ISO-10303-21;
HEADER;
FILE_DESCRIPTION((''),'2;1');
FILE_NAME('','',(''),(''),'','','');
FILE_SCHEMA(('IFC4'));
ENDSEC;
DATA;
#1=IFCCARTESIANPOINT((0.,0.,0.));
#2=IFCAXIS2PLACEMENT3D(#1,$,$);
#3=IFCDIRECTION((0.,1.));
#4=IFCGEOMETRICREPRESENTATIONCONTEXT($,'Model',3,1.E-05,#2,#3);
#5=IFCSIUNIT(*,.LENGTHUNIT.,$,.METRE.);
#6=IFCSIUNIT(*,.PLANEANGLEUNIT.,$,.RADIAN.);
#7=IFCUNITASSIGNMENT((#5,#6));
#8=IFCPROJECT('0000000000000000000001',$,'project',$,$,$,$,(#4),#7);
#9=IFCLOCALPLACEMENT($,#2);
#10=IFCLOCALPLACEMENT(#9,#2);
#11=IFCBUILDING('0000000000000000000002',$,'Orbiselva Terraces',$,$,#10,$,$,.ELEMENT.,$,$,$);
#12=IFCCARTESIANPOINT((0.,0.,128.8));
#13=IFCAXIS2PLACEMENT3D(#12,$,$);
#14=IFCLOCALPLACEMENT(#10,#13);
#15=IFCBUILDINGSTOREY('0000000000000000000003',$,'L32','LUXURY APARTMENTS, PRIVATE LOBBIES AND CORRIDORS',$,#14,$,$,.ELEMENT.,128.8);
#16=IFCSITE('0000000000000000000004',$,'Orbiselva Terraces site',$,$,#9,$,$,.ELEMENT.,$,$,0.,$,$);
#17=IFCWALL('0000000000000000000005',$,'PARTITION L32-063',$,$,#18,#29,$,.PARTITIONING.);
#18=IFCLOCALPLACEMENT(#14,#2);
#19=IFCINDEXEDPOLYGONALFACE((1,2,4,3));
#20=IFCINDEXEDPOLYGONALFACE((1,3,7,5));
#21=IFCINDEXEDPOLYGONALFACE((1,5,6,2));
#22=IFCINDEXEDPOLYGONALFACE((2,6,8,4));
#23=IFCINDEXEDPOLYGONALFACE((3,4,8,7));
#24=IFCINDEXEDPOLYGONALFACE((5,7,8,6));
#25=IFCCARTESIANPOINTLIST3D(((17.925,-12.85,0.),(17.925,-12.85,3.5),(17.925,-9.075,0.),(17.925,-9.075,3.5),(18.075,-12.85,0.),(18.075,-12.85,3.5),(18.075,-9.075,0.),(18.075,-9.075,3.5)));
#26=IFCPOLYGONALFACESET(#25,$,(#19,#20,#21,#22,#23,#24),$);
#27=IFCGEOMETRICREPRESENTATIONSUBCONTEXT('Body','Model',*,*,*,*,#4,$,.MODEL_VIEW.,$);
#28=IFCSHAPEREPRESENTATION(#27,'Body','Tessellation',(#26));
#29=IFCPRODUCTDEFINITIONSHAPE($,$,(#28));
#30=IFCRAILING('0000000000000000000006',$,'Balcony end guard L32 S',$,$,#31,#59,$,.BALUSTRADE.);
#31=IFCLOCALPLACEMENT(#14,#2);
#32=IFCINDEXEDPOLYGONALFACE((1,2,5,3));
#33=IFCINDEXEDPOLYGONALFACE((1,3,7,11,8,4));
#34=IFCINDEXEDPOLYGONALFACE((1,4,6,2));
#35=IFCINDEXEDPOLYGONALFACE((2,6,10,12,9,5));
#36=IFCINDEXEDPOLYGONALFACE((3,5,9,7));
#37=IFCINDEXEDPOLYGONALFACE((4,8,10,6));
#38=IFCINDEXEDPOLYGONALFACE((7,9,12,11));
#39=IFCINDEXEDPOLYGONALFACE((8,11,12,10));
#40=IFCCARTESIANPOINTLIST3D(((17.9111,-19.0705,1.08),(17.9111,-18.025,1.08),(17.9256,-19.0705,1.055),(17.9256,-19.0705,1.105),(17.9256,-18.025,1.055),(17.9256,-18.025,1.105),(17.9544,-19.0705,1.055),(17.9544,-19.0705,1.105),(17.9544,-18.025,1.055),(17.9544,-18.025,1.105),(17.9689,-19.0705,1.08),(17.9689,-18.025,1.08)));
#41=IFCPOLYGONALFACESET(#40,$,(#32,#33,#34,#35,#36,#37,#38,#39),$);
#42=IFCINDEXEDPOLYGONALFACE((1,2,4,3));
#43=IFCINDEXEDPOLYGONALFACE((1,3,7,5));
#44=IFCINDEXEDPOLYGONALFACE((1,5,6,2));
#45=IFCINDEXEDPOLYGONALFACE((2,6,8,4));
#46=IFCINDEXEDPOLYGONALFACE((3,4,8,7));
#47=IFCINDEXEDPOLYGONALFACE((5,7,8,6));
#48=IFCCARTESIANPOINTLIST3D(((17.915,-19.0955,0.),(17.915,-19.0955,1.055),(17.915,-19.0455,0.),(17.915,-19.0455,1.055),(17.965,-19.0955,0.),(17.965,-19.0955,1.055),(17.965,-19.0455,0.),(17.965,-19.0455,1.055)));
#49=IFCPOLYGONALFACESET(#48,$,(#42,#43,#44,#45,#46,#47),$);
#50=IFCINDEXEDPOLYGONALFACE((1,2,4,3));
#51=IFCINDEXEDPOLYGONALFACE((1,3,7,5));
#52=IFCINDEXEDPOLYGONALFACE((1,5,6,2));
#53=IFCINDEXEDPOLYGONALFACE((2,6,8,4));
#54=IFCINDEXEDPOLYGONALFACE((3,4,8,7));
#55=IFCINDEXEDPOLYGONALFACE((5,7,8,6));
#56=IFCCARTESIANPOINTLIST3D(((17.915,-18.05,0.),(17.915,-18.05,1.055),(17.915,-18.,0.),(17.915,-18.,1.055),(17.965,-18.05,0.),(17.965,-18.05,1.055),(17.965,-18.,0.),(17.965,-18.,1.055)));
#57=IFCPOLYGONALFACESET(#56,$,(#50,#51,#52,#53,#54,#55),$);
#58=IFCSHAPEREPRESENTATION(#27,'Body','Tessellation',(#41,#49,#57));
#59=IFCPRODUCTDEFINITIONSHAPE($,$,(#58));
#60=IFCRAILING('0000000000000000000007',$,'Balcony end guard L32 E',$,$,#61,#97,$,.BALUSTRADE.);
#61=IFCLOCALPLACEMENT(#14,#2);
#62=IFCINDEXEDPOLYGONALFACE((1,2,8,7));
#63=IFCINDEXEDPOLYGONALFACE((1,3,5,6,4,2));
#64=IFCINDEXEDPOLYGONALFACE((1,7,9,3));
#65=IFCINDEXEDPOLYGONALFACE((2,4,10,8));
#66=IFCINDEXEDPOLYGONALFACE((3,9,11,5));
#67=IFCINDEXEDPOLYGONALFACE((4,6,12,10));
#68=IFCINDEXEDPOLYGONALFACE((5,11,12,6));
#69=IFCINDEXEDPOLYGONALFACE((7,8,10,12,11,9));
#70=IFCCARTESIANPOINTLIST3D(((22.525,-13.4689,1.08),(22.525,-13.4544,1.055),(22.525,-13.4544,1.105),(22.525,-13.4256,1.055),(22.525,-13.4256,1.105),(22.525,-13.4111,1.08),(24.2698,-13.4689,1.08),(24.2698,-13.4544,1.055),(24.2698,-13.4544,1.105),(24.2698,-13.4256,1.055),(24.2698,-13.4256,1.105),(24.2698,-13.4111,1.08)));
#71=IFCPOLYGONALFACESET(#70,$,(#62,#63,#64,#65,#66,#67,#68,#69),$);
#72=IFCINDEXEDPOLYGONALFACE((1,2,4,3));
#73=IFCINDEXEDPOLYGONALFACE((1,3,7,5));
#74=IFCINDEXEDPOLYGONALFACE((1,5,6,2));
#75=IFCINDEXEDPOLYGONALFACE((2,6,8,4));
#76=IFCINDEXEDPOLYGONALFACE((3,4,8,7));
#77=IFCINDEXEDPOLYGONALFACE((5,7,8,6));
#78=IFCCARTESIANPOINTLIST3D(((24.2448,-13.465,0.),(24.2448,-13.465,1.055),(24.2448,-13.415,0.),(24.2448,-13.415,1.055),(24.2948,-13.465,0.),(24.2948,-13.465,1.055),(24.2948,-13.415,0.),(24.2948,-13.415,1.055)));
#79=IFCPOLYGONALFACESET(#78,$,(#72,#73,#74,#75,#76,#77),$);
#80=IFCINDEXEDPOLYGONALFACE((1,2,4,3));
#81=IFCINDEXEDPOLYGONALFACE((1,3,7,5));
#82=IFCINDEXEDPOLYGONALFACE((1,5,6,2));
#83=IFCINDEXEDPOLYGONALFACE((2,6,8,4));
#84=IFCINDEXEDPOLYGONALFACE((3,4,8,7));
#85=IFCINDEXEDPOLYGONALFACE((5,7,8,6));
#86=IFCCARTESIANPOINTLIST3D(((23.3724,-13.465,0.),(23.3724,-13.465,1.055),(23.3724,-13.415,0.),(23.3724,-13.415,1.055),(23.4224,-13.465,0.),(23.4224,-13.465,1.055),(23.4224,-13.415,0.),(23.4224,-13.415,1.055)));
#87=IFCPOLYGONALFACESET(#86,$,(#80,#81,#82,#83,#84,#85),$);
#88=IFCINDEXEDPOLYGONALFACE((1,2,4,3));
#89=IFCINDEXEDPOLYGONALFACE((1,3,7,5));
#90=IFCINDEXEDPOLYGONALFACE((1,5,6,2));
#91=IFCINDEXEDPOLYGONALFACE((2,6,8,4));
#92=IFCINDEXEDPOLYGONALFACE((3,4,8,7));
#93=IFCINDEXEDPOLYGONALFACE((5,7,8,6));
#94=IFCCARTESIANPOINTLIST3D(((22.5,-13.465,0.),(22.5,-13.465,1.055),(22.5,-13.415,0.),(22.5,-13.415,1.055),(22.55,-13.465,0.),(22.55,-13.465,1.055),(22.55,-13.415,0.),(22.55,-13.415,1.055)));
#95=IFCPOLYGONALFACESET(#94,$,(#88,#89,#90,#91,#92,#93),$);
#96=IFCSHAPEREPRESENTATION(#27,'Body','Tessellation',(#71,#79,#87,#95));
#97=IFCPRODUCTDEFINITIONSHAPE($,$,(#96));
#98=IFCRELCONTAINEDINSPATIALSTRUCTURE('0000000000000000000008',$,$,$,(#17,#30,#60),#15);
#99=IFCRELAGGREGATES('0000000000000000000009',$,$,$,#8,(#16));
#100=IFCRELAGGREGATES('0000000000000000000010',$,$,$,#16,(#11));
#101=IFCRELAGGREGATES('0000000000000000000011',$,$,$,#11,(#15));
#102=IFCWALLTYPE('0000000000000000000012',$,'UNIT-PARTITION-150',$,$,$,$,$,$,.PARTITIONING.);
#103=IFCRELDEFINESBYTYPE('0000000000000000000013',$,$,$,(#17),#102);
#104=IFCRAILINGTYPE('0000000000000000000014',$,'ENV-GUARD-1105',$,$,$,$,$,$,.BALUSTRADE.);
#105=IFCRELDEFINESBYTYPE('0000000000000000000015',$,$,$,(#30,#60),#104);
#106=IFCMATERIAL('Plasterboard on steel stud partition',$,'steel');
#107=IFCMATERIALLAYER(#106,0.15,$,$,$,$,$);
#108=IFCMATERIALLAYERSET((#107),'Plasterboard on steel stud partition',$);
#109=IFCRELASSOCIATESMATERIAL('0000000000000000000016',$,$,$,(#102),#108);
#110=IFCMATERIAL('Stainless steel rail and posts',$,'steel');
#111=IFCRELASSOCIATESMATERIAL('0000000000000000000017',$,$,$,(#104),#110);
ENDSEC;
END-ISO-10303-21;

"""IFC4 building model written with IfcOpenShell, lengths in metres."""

from ifc_helpers import new_model, si_unit, direction, frame, frame_2d, origin, origin_2d, place, context, subcontext, project, spatial, polyline, rectangle, outline, extrude, material, layer, layer_set, type_object, element, save


model = new_model("IFC4")

# Units and contexts
model_context = context("Model", 3, precision=1e-05, world=origin(), true_north=direction((0.0, 1.0)))
body_context = subcontext(model_context, "Body", "Model", "MODEL_VIEW")
ifc_project = project(units=[si_unit("LENGTHUNIT", "METRE"), si_unit("PLANEANGLEUNIT", "RADIAN")], contexts=[model_context])

# Site, building, storey
site_placement = place(None, origin())
site = spatial("IfcSite", under=ifc_project, at=site_placement, Name="Orbiselva Terraces site", CompositionType="ELEMENT", RefElevation=0.0)
building_placement = place(site_placement, origin())
building = spatial("IfcBuilding", under=site, at=building_placement, Name="Orbiselva Terraces", CompositionType="ELEMENT")
storey_placement = place(building_placement, frame((0.0, 0.0, 128.8)))
storey = spatial("IfcBuildingStorey", under=building, at=storey_placement, Name="L32", Description="LUXURY APARTMENTS, PRIVATE LOBBIES AND CORRIDORS", CompositionType="ELEMENT", Elevation=128.8)

# Wall
ifc_material_1 = material(Name="Plasterboard on steel stud partition", Category="steel")
ifc_layer_1 = layer(ifc_material_1, 0.15)
ifc_layer_set_1 = layer_set([ifc_layer_1], Name="Plasterboard on steel stud partition")
wall_type_1 = type_object("IfcWallType", Name="UNIT-PARTITION-150", PredefinedType="PARTITIONING", material=ifc_layer_set_1)
wall_1_placement = place(storey_placement, frame((18.0, -12.85, 0.0), z_axis=(0.0, 0.0, 1.0), x_axis=(0.0, 1.0, 0.0)))
element("IfcWall", 1, at=wall_1_placement, inside=storey, type_object=wall_type_1, Name="PARTITION L32-063", PredefinedType="PARTITIONING", context=body_context, shape_type="SweptSolid", body=[
    extrude(rectangle(XDim=3.775, YDim=0.15, at=frame_2d((1.8875, 0.0))), origin(), (0.0, 0.0, 1.0), 3.5),
])

# Railings
ifc_material_2 = material(Name="Stainless steel rail and posts", Category="steel")
railing_type_1 = type_object("IfcRailingType", Name="ENV-GUARD-1105", PredefinedType="BALUSTRADE", material=ifc_material_2)
railing_1_placement = place(storey_placement, frame((17.94, -19.0705, 0.0)))
element("IfcRailing", 2, at=railing_1_placement, inside=storey, type_object=railing_type_1, Name="Balcony end guard L32 S", PredefinedType="BALUSTRADE", context=body_context, shape_type="SweptSolid", body=[
    extrude(outline(polyline([(0.0289, 0.0), (0.0144, 0.025), (-0.0144, 0.025), (-0.0289, 0.0), (-0.0144, -0.025), (0.0144, -0.025), (0.0289, 0.0)])), frame((0.0, 0.0, 1.08), z_axis=(0.0, 1.0, 0.0), x_axis=(-1.0, 0.0, 0.0)), (0.0, 0.0, 1.0), 1.0455),
    extrude(rectangle(XDim=0.05, YDim=0.05, at=origin_2d()), origin(), (0.0, 0.0, 1.0), 1.055),
    extrude(rectangle(XDim=0.05, YDim=0.05, at=origin_2d()), frame((0.0, 1.0455, 0.0)), (0.0, 0.0, 1.0), 1.055),
])
railing_2_placement = place(storey_placement, frame((24.2698, -13.44, 0.0)))
element("IfcRailing", 3, at=railing_2_placement, inside=storey, type_object=railing_type_1, Name="Balcony end guard L32 E", PredefinedType="BALUSTRADE", context=body_context, shape_type="SweptSolid", body=[
    extrude(outline(polyline([(0.0289, 0.0), (0.0144, 0.025), (-0.0144, 0.025), (-0.0289, 0.0), (-0.0144, -0.025), (0.0144, -0.025), (0.0289, 0.0)])), frame((0.0, 0.0, 1.08), z_axis=(-1.0, 0.0, 0.0), x_axis=(0.0, -1.0, 0.0)), (0.0, 0.0, 1.0), 1.7448),
    extrude(rectangle(XDim=0.05, YDim=0.05, at=origin_2d()), origin(), (0.0, 0.0, 1.0), 1.055),
    extrude(rectangle(XDim=0.05, YDim=0.05, at=origin_2d()), frame((-0.8724, 0.0, 0.0)), (0.0, 0.0, 1.0), 1.055),
    extrude(rectangle(XDim=0.05, YDim=0.05, at=origin_2d()), frame((-1.7448, 0.0, 0.0)), (0.0, 0.0, 1.0), 1.055),
])

save(model, "model.ifc")
